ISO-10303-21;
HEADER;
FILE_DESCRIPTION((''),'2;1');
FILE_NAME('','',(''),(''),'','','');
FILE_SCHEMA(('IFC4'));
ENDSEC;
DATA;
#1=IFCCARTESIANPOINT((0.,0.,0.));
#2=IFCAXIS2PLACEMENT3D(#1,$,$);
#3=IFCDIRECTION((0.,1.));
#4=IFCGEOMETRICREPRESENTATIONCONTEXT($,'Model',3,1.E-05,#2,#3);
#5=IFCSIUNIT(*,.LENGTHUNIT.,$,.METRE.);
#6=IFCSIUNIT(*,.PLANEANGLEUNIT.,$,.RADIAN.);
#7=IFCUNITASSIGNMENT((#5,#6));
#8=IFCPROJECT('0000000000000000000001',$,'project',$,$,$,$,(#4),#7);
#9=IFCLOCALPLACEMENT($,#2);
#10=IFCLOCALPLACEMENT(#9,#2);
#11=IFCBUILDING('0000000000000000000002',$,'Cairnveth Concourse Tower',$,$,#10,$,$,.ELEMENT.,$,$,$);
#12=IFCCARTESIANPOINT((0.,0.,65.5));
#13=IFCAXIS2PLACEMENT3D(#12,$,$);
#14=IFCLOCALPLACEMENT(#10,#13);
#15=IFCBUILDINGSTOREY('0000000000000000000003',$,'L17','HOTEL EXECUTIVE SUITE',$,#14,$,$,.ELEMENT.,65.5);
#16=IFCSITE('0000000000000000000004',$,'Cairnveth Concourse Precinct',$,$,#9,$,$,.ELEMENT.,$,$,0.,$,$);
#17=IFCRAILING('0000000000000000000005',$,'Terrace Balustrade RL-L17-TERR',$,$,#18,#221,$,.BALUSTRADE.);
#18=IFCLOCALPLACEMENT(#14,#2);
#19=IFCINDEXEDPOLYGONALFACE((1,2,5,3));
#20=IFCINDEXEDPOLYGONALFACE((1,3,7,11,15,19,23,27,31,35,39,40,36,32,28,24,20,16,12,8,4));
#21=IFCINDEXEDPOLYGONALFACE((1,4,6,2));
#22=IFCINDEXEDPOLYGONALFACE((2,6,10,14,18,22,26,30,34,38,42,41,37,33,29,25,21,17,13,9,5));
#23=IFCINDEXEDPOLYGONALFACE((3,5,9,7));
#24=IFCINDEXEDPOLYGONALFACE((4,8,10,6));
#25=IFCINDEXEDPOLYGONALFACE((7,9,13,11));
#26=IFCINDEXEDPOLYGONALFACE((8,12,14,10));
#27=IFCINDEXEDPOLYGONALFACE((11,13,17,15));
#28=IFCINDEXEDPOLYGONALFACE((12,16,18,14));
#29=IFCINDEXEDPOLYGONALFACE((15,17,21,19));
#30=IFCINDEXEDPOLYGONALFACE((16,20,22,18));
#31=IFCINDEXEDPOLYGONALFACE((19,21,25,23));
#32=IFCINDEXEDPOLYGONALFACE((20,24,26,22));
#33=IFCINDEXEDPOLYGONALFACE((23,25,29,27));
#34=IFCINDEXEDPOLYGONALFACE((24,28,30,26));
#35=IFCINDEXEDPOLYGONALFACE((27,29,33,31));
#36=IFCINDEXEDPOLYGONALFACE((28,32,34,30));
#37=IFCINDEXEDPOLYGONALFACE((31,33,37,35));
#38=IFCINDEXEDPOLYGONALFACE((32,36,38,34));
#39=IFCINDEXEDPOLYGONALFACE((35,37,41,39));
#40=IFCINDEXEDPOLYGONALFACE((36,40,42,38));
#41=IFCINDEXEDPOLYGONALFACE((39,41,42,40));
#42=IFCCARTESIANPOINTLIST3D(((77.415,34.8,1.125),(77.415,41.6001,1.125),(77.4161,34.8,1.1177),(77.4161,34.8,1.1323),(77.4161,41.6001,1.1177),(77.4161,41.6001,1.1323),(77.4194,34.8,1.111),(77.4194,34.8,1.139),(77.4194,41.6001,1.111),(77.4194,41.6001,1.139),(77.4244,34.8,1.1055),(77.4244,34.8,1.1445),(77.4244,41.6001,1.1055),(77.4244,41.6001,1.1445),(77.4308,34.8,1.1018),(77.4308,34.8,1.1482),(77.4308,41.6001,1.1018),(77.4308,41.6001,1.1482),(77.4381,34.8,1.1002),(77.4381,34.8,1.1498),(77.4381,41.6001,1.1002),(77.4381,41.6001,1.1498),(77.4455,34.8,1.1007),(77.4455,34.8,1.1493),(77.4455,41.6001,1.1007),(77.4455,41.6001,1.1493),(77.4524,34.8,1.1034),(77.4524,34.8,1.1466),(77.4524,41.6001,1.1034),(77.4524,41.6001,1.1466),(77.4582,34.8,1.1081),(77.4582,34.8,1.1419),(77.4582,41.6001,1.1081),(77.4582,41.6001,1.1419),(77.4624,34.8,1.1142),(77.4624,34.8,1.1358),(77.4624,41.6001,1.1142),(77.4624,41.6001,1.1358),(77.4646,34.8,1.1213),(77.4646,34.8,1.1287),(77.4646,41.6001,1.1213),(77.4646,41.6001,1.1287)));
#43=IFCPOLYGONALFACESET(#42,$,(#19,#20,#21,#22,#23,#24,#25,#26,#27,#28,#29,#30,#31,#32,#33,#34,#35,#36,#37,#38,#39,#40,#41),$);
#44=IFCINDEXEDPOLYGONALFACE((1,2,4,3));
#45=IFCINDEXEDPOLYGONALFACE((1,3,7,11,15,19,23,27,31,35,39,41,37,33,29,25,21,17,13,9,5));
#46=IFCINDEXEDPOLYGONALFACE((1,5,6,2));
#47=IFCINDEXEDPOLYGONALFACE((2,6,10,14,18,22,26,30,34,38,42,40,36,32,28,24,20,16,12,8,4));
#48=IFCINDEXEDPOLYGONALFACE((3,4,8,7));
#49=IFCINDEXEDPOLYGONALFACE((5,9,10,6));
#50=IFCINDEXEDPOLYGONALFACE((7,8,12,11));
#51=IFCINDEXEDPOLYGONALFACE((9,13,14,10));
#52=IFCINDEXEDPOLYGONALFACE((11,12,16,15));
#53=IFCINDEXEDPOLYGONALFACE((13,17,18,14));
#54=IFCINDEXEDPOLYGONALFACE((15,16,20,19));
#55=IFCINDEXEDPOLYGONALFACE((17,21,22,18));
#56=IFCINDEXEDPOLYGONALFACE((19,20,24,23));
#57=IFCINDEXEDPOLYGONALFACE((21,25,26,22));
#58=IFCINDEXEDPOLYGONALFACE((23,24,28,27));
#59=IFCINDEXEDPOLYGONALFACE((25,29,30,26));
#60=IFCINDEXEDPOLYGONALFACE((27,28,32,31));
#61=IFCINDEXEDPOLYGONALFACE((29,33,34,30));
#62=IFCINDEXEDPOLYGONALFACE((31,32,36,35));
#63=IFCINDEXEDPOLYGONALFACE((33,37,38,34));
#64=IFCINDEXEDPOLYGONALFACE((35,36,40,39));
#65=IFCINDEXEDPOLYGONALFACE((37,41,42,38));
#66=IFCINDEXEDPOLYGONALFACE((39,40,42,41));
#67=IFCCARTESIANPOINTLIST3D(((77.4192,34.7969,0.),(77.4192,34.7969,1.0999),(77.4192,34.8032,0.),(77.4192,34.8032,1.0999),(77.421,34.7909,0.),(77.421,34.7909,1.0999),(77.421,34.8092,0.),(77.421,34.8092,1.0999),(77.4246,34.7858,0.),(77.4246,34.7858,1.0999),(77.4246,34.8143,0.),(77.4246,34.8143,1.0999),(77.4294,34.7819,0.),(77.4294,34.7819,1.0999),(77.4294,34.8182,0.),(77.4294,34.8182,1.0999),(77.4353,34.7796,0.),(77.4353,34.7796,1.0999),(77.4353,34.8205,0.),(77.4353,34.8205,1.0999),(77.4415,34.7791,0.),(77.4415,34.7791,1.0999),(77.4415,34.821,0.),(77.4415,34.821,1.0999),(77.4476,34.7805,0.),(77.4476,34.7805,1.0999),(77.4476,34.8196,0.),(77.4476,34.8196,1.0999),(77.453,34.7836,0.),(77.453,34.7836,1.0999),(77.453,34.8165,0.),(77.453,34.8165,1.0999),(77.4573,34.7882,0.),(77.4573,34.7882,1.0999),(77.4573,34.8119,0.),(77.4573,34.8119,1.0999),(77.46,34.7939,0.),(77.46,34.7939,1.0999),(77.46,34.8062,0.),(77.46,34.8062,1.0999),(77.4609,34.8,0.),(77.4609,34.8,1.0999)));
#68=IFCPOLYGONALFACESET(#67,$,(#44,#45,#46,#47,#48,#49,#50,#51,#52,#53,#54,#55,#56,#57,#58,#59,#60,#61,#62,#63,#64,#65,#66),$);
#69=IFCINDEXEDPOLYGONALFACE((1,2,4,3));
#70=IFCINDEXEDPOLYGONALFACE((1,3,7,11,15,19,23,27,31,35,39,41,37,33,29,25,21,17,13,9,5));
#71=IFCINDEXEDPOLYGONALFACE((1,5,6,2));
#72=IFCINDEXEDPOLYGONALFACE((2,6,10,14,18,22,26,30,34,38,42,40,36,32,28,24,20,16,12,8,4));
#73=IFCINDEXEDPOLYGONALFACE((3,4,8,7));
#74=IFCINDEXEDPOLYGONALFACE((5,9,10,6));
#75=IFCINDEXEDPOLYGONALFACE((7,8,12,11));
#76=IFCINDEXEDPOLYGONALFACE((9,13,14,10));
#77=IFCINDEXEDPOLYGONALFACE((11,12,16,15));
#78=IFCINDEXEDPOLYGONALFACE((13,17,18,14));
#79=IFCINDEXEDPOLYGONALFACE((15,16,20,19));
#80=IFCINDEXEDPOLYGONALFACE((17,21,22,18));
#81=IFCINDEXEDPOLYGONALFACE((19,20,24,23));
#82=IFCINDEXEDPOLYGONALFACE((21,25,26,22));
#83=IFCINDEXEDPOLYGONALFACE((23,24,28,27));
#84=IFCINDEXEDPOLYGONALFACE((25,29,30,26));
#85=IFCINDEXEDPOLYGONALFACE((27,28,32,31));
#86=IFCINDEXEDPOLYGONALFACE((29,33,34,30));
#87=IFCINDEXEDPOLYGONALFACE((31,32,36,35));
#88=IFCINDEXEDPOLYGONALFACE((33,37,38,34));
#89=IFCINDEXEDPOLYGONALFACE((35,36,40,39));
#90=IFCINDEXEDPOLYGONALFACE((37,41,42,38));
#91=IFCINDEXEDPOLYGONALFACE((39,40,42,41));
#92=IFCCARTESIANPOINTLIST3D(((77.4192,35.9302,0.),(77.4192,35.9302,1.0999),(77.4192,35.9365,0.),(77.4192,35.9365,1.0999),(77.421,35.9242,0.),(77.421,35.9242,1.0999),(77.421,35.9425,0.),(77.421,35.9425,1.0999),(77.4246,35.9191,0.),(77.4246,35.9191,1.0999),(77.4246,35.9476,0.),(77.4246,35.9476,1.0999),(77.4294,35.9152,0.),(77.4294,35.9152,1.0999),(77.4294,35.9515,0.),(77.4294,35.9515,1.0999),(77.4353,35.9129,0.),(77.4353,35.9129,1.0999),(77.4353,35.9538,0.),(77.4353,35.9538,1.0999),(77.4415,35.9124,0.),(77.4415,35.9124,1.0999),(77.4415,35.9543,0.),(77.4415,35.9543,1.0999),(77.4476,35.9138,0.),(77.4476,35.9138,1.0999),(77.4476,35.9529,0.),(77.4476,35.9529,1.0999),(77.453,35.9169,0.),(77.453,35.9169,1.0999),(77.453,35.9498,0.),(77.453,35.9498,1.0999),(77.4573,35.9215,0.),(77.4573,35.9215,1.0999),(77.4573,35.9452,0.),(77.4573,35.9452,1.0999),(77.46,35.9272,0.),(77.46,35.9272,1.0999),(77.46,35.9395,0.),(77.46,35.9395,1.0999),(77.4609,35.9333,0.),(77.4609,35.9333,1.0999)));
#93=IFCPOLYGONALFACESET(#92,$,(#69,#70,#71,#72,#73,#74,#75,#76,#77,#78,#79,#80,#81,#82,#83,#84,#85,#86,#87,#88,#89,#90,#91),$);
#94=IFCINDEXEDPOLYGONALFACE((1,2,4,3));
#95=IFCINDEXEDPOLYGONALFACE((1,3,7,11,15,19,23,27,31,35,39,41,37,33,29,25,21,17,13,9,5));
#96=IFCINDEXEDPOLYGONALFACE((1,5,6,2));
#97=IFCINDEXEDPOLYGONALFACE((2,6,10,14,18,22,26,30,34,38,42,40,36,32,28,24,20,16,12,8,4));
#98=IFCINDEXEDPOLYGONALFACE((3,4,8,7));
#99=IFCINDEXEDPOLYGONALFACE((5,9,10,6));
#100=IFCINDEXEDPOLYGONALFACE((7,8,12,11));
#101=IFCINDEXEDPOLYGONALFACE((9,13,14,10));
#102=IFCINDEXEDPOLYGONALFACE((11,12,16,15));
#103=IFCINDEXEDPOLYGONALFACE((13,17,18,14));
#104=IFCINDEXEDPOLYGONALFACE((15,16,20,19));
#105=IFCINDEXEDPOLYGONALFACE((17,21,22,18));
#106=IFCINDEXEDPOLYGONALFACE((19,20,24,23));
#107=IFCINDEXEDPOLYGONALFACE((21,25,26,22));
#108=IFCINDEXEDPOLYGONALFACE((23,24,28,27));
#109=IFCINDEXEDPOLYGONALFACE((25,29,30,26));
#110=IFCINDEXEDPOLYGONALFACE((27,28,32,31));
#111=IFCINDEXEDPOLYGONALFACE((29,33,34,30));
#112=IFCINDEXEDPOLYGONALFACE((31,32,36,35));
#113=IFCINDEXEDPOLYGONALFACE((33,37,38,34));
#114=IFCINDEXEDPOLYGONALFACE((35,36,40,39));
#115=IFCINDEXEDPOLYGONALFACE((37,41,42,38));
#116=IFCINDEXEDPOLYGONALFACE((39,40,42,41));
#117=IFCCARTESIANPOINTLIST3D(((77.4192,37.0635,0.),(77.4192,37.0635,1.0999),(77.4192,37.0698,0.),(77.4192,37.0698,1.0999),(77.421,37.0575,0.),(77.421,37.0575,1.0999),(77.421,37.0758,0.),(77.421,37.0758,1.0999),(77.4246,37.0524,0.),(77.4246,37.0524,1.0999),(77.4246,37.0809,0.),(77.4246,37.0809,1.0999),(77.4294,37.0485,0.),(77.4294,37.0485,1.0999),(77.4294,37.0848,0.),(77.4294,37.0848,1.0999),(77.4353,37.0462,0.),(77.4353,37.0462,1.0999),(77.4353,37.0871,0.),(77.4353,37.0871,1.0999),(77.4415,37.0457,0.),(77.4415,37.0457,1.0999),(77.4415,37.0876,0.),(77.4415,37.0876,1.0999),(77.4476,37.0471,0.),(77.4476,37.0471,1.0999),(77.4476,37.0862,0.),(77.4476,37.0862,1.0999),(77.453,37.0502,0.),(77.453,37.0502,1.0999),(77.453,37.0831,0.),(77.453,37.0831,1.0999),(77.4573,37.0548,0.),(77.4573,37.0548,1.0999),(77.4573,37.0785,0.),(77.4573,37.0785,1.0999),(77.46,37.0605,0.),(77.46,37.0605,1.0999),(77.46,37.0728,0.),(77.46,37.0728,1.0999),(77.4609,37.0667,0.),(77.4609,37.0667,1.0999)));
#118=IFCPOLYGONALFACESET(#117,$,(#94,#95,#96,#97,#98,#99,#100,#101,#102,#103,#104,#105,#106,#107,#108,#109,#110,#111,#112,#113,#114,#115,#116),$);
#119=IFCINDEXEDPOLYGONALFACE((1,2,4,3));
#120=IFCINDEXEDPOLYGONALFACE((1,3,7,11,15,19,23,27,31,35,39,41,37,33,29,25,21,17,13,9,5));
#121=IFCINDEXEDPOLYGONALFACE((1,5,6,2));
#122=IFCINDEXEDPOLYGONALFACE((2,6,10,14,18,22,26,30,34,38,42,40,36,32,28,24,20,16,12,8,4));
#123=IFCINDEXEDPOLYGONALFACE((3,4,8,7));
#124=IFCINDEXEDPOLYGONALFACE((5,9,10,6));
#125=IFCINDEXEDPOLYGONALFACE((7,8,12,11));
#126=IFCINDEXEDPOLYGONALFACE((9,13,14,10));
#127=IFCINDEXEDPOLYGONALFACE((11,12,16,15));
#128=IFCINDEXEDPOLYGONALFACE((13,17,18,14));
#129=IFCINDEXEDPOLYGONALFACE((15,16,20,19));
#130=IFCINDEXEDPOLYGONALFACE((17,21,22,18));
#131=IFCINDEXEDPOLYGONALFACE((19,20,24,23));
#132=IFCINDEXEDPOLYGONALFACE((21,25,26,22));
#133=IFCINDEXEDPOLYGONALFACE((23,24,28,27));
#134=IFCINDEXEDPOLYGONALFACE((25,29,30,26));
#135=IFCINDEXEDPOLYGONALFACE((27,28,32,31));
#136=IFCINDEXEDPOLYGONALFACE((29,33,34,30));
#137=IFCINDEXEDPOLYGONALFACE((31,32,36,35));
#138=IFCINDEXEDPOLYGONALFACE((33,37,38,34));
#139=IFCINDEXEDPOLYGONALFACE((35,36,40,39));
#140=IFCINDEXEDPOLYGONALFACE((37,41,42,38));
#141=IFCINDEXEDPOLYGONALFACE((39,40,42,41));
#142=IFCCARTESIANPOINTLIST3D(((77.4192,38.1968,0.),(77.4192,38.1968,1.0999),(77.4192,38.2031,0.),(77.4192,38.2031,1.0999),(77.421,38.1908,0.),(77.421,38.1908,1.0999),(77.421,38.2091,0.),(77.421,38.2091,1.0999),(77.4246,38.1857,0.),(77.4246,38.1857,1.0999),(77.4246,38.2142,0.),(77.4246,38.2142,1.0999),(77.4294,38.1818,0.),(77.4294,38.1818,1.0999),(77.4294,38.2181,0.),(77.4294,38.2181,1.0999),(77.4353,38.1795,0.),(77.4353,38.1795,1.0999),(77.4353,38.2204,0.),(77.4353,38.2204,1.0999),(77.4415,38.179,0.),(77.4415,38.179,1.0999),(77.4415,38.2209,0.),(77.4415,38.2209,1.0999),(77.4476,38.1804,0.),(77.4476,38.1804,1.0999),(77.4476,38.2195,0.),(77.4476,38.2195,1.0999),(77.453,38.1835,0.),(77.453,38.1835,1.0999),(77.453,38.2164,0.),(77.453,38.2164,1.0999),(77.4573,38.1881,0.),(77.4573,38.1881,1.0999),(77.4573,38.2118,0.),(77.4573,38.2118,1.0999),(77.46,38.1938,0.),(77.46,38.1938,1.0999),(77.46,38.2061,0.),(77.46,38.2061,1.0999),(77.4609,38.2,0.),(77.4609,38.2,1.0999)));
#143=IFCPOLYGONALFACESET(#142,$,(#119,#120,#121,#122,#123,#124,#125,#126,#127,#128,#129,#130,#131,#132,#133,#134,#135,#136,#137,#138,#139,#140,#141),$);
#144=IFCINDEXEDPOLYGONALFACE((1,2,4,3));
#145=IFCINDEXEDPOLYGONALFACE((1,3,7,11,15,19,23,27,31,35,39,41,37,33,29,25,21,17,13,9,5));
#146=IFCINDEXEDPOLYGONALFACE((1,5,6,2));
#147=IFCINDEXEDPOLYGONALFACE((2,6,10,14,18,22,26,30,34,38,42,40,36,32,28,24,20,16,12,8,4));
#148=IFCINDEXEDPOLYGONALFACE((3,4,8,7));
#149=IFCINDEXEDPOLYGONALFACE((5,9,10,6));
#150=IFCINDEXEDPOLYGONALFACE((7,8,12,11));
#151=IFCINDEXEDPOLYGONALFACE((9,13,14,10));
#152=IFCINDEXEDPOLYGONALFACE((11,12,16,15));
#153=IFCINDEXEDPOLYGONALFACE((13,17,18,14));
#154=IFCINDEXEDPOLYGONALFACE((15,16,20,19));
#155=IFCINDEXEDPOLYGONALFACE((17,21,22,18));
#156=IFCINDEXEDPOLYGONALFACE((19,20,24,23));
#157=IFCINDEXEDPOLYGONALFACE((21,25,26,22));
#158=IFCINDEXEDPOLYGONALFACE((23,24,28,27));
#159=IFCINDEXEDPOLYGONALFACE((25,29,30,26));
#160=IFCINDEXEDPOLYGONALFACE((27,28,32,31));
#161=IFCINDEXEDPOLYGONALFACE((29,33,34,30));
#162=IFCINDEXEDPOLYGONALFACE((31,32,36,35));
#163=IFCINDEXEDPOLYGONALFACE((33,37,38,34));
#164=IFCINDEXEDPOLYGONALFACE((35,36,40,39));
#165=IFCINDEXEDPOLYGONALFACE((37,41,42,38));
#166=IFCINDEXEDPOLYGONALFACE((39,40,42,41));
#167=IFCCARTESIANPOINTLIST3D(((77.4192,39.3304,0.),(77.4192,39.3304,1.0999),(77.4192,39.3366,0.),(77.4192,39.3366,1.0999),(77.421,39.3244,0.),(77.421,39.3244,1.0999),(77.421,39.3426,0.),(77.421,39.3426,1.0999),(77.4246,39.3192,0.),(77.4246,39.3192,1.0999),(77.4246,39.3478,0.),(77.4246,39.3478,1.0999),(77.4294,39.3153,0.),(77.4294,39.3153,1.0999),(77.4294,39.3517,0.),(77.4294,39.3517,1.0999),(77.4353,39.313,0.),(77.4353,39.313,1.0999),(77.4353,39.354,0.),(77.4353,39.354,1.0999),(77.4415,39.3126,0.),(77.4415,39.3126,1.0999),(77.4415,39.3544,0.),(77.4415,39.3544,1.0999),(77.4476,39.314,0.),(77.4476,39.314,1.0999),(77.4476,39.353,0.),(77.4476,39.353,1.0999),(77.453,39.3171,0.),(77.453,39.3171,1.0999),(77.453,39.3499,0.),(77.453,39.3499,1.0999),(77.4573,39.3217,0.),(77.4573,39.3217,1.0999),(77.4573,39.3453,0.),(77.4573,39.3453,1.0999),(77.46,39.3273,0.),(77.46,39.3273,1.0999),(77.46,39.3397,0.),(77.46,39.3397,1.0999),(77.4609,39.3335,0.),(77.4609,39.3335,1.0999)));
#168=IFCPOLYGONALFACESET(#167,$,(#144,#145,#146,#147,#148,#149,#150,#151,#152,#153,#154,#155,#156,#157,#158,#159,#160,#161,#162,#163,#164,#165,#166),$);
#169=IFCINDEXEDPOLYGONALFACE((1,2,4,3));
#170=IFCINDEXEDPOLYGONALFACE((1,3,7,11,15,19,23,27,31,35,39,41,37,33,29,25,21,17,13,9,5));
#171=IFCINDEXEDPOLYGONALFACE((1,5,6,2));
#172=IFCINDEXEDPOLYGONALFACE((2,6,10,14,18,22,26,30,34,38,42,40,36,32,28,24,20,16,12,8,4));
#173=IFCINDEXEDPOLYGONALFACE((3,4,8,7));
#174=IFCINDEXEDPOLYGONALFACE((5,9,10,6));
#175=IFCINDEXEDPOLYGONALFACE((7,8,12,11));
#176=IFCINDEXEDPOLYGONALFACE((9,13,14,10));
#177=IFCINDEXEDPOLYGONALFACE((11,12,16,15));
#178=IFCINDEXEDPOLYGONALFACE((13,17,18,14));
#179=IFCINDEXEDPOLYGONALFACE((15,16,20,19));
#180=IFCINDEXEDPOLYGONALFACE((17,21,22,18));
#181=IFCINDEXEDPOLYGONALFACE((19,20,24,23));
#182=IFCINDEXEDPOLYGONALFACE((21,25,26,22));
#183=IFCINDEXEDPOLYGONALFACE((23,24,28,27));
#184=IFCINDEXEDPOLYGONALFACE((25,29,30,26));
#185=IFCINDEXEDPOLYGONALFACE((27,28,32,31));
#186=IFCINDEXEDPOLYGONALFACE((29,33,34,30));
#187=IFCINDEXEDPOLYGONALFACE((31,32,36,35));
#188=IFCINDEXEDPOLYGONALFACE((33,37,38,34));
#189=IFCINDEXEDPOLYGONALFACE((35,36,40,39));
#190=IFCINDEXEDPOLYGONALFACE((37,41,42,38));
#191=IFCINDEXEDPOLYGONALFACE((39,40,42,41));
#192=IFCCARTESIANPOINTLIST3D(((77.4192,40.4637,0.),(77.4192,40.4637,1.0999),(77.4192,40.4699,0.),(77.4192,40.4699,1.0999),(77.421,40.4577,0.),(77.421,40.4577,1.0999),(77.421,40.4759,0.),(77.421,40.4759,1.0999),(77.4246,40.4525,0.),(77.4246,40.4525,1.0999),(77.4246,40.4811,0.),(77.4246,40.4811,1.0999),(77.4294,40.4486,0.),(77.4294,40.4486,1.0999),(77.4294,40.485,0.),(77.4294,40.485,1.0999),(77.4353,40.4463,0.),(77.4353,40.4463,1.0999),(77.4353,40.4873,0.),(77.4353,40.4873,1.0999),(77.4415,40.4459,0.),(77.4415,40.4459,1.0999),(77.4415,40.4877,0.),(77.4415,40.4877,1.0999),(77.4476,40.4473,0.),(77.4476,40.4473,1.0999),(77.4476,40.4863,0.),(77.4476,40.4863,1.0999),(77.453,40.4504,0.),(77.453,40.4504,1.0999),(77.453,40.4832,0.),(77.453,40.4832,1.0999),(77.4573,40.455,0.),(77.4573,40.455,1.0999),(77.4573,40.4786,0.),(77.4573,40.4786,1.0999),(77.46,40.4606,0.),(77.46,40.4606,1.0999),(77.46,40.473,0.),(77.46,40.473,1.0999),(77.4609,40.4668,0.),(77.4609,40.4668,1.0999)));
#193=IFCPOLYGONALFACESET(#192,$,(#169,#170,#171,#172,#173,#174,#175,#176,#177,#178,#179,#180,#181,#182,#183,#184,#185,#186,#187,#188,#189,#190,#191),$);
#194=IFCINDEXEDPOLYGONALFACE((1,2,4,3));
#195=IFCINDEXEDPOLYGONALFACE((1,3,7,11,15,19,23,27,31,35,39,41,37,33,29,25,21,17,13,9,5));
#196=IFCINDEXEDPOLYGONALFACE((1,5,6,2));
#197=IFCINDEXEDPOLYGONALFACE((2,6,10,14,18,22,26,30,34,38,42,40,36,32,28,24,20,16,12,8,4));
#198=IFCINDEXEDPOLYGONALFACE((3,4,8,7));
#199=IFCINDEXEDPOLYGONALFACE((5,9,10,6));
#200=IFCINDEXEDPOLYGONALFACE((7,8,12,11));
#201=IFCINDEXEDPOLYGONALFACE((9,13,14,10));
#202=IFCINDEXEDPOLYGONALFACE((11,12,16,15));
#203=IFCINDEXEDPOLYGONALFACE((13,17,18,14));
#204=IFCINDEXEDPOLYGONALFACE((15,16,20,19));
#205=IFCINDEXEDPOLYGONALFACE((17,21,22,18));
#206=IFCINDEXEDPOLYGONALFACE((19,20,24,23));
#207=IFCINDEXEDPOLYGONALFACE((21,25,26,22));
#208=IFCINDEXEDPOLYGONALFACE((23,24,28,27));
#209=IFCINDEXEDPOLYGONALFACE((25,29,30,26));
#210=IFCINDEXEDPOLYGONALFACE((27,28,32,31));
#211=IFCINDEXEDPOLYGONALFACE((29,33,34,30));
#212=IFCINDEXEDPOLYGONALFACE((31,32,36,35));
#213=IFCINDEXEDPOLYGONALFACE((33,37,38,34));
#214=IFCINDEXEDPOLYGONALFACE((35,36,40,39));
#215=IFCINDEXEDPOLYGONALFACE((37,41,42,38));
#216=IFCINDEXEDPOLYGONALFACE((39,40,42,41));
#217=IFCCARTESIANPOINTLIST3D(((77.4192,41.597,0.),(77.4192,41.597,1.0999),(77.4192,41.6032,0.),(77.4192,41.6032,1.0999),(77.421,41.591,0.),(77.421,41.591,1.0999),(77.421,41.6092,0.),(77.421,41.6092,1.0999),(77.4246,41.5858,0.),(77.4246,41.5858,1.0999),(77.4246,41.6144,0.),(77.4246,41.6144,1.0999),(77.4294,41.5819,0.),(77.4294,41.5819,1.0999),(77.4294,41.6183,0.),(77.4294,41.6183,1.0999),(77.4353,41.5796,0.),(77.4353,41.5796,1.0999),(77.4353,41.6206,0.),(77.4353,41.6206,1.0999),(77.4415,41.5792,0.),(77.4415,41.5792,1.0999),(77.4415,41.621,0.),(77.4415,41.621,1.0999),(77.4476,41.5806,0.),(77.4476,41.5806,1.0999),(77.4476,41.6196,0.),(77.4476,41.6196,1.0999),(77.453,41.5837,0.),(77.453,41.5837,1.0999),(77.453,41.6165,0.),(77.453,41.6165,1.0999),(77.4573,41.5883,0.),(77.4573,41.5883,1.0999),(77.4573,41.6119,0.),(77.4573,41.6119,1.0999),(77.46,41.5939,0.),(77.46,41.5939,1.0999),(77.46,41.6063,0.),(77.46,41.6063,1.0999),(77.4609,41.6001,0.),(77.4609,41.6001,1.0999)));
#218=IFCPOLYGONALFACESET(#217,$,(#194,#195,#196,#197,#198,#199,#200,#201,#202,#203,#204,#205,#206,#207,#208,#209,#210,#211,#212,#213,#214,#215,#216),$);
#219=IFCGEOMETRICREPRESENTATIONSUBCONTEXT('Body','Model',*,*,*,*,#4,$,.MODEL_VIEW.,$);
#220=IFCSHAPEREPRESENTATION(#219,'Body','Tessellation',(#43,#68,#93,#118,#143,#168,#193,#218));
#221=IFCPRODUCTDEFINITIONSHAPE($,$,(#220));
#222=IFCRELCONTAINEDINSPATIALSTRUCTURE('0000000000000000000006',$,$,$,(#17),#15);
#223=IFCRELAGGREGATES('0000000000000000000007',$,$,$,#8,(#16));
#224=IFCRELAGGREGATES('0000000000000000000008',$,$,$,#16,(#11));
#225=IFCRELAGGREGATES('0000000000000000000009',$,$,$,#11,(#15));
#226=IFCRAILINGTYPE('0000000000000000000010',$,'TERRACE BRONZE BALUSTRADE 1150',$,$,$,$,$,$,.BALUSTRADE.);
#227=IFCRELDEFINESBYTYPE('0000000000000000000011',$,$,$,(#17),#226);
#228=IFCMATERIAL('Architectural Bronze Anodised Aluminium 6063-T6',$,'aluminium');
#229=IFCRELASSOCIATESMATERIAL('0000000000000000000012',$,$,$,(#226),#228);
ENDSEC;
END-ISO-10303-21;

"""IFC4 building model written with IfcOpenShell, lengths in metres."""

from ifc_helpers import new_model, si_unit, direction, frame, origin, origin_2d, place, context, subcontext, project, spatial, circle, extrude, material, type_object, element, save


model = new_model("IFC4")

# Units and contexts
model_context = context("Model", 3, precision=1e-05, world=origin(), true_north=direction((0.0, 1.0)))
body_context = subcontext(model_context, "Body", "Model", "MODEL_VIEW")
ifc_project = project(units=[si_unit("LENGTHUNIT", "METRE"), si_unit("PLANEANGLEUNIT", "RADIAN")], contexts=[model_context])

# Site, building, storey
site_placement = place(None, origin())
site = spatial("IfcSite", under=ifc_project, at=site_placement, Name="Cairnveth Concourse Precinct", CompositionType="ELEMENT", RefElevation=0.0)
building_placement = place(site_placement, origin())
building = spatial("IfcBuilding", under=site, at=building_placement, Name="Cairnveth Concourse Tower", CompositionType="ELEMENT")
storey_placement = place(building_placement, frame((0.0, 0.0, 65.5)))
storey = spatial("IfcBuildingStorey", under=building, at=storey_placement, Name="L17", Description="HOTEL EXECUTIVE SUITE", CompositionType="ELEMENT", Elevation=65.5)

# Shared definitions
ifc_material_1 = material(Name="Architectural Bronze Anodised Aluminium 6063-T6", Category="aluminium")

# Railing
railing_type = type_object("IfcRailingType", Name="TERRACE BRONZE BALUSTRADE 1150", PredefinedType="BALUSTRADE", material=ifc_material_1)
railing_placement = place(storey_placement, frame((77.4399, 34.8, 0.0)))
element("IfcRailing", 1, at=railing_placement, inside=storey, type_object=railing_type, Name="Terrace Balustrade RL-L17-TERR", PredefinedType="BALUSTRADE", context=body_context, shape_type="SweptSolid", body=[
    extrude(circle(Radius=0.0249, at=origin_2d()), frame((0.0, 0.0, 1.125), z_axis=(0.0, 1.0, 0.0), x_axis=(-1.0, 0.0, 0.0)), (0.0, 0.0, 1.0), 6.8),
    extrude(circle(Radius=0.021, at=origin_2d()), origin(), (0.0, 0.0, 1.0), 1.0999),
    extrude(circle(Radius=0.021, at=origin_2d()), frame((0.0, 1.1333, 0.0)), (0.0, 0.0, 1.0), 1.0999),
    extrude(circle(Radius=0.021, at=origin_2d()), frame((0.0, 2.2666, 0.0)), (0.0, 0.0, 1.0), 1.0999),
    extrude(circle(Radius=0.021, at=origin_2d()), frame((0.0, 3.3999, 0.0)), (0.0, 0.0, 1.0), 1.0999),
    extrude(circle(Radius=0.021, at=origin_2d()), frame((0.0, 4.5334, 0.0)), (0.0, 0.0, 1.0), 1.0999),
    extrude(circle(Radius=0.021, at=origin_2d()), frame((0.0, 5.6667, 0.0)), (0.0, 0.0, 1.0), 1.0999),
    extrude(circle(Radius=0.021, at=origin_2d()), frame((0.0, 6.8, 0.0)), (0.0, 0.0, 1.0), 1.0999),
])

save(model, "model.ifc")
